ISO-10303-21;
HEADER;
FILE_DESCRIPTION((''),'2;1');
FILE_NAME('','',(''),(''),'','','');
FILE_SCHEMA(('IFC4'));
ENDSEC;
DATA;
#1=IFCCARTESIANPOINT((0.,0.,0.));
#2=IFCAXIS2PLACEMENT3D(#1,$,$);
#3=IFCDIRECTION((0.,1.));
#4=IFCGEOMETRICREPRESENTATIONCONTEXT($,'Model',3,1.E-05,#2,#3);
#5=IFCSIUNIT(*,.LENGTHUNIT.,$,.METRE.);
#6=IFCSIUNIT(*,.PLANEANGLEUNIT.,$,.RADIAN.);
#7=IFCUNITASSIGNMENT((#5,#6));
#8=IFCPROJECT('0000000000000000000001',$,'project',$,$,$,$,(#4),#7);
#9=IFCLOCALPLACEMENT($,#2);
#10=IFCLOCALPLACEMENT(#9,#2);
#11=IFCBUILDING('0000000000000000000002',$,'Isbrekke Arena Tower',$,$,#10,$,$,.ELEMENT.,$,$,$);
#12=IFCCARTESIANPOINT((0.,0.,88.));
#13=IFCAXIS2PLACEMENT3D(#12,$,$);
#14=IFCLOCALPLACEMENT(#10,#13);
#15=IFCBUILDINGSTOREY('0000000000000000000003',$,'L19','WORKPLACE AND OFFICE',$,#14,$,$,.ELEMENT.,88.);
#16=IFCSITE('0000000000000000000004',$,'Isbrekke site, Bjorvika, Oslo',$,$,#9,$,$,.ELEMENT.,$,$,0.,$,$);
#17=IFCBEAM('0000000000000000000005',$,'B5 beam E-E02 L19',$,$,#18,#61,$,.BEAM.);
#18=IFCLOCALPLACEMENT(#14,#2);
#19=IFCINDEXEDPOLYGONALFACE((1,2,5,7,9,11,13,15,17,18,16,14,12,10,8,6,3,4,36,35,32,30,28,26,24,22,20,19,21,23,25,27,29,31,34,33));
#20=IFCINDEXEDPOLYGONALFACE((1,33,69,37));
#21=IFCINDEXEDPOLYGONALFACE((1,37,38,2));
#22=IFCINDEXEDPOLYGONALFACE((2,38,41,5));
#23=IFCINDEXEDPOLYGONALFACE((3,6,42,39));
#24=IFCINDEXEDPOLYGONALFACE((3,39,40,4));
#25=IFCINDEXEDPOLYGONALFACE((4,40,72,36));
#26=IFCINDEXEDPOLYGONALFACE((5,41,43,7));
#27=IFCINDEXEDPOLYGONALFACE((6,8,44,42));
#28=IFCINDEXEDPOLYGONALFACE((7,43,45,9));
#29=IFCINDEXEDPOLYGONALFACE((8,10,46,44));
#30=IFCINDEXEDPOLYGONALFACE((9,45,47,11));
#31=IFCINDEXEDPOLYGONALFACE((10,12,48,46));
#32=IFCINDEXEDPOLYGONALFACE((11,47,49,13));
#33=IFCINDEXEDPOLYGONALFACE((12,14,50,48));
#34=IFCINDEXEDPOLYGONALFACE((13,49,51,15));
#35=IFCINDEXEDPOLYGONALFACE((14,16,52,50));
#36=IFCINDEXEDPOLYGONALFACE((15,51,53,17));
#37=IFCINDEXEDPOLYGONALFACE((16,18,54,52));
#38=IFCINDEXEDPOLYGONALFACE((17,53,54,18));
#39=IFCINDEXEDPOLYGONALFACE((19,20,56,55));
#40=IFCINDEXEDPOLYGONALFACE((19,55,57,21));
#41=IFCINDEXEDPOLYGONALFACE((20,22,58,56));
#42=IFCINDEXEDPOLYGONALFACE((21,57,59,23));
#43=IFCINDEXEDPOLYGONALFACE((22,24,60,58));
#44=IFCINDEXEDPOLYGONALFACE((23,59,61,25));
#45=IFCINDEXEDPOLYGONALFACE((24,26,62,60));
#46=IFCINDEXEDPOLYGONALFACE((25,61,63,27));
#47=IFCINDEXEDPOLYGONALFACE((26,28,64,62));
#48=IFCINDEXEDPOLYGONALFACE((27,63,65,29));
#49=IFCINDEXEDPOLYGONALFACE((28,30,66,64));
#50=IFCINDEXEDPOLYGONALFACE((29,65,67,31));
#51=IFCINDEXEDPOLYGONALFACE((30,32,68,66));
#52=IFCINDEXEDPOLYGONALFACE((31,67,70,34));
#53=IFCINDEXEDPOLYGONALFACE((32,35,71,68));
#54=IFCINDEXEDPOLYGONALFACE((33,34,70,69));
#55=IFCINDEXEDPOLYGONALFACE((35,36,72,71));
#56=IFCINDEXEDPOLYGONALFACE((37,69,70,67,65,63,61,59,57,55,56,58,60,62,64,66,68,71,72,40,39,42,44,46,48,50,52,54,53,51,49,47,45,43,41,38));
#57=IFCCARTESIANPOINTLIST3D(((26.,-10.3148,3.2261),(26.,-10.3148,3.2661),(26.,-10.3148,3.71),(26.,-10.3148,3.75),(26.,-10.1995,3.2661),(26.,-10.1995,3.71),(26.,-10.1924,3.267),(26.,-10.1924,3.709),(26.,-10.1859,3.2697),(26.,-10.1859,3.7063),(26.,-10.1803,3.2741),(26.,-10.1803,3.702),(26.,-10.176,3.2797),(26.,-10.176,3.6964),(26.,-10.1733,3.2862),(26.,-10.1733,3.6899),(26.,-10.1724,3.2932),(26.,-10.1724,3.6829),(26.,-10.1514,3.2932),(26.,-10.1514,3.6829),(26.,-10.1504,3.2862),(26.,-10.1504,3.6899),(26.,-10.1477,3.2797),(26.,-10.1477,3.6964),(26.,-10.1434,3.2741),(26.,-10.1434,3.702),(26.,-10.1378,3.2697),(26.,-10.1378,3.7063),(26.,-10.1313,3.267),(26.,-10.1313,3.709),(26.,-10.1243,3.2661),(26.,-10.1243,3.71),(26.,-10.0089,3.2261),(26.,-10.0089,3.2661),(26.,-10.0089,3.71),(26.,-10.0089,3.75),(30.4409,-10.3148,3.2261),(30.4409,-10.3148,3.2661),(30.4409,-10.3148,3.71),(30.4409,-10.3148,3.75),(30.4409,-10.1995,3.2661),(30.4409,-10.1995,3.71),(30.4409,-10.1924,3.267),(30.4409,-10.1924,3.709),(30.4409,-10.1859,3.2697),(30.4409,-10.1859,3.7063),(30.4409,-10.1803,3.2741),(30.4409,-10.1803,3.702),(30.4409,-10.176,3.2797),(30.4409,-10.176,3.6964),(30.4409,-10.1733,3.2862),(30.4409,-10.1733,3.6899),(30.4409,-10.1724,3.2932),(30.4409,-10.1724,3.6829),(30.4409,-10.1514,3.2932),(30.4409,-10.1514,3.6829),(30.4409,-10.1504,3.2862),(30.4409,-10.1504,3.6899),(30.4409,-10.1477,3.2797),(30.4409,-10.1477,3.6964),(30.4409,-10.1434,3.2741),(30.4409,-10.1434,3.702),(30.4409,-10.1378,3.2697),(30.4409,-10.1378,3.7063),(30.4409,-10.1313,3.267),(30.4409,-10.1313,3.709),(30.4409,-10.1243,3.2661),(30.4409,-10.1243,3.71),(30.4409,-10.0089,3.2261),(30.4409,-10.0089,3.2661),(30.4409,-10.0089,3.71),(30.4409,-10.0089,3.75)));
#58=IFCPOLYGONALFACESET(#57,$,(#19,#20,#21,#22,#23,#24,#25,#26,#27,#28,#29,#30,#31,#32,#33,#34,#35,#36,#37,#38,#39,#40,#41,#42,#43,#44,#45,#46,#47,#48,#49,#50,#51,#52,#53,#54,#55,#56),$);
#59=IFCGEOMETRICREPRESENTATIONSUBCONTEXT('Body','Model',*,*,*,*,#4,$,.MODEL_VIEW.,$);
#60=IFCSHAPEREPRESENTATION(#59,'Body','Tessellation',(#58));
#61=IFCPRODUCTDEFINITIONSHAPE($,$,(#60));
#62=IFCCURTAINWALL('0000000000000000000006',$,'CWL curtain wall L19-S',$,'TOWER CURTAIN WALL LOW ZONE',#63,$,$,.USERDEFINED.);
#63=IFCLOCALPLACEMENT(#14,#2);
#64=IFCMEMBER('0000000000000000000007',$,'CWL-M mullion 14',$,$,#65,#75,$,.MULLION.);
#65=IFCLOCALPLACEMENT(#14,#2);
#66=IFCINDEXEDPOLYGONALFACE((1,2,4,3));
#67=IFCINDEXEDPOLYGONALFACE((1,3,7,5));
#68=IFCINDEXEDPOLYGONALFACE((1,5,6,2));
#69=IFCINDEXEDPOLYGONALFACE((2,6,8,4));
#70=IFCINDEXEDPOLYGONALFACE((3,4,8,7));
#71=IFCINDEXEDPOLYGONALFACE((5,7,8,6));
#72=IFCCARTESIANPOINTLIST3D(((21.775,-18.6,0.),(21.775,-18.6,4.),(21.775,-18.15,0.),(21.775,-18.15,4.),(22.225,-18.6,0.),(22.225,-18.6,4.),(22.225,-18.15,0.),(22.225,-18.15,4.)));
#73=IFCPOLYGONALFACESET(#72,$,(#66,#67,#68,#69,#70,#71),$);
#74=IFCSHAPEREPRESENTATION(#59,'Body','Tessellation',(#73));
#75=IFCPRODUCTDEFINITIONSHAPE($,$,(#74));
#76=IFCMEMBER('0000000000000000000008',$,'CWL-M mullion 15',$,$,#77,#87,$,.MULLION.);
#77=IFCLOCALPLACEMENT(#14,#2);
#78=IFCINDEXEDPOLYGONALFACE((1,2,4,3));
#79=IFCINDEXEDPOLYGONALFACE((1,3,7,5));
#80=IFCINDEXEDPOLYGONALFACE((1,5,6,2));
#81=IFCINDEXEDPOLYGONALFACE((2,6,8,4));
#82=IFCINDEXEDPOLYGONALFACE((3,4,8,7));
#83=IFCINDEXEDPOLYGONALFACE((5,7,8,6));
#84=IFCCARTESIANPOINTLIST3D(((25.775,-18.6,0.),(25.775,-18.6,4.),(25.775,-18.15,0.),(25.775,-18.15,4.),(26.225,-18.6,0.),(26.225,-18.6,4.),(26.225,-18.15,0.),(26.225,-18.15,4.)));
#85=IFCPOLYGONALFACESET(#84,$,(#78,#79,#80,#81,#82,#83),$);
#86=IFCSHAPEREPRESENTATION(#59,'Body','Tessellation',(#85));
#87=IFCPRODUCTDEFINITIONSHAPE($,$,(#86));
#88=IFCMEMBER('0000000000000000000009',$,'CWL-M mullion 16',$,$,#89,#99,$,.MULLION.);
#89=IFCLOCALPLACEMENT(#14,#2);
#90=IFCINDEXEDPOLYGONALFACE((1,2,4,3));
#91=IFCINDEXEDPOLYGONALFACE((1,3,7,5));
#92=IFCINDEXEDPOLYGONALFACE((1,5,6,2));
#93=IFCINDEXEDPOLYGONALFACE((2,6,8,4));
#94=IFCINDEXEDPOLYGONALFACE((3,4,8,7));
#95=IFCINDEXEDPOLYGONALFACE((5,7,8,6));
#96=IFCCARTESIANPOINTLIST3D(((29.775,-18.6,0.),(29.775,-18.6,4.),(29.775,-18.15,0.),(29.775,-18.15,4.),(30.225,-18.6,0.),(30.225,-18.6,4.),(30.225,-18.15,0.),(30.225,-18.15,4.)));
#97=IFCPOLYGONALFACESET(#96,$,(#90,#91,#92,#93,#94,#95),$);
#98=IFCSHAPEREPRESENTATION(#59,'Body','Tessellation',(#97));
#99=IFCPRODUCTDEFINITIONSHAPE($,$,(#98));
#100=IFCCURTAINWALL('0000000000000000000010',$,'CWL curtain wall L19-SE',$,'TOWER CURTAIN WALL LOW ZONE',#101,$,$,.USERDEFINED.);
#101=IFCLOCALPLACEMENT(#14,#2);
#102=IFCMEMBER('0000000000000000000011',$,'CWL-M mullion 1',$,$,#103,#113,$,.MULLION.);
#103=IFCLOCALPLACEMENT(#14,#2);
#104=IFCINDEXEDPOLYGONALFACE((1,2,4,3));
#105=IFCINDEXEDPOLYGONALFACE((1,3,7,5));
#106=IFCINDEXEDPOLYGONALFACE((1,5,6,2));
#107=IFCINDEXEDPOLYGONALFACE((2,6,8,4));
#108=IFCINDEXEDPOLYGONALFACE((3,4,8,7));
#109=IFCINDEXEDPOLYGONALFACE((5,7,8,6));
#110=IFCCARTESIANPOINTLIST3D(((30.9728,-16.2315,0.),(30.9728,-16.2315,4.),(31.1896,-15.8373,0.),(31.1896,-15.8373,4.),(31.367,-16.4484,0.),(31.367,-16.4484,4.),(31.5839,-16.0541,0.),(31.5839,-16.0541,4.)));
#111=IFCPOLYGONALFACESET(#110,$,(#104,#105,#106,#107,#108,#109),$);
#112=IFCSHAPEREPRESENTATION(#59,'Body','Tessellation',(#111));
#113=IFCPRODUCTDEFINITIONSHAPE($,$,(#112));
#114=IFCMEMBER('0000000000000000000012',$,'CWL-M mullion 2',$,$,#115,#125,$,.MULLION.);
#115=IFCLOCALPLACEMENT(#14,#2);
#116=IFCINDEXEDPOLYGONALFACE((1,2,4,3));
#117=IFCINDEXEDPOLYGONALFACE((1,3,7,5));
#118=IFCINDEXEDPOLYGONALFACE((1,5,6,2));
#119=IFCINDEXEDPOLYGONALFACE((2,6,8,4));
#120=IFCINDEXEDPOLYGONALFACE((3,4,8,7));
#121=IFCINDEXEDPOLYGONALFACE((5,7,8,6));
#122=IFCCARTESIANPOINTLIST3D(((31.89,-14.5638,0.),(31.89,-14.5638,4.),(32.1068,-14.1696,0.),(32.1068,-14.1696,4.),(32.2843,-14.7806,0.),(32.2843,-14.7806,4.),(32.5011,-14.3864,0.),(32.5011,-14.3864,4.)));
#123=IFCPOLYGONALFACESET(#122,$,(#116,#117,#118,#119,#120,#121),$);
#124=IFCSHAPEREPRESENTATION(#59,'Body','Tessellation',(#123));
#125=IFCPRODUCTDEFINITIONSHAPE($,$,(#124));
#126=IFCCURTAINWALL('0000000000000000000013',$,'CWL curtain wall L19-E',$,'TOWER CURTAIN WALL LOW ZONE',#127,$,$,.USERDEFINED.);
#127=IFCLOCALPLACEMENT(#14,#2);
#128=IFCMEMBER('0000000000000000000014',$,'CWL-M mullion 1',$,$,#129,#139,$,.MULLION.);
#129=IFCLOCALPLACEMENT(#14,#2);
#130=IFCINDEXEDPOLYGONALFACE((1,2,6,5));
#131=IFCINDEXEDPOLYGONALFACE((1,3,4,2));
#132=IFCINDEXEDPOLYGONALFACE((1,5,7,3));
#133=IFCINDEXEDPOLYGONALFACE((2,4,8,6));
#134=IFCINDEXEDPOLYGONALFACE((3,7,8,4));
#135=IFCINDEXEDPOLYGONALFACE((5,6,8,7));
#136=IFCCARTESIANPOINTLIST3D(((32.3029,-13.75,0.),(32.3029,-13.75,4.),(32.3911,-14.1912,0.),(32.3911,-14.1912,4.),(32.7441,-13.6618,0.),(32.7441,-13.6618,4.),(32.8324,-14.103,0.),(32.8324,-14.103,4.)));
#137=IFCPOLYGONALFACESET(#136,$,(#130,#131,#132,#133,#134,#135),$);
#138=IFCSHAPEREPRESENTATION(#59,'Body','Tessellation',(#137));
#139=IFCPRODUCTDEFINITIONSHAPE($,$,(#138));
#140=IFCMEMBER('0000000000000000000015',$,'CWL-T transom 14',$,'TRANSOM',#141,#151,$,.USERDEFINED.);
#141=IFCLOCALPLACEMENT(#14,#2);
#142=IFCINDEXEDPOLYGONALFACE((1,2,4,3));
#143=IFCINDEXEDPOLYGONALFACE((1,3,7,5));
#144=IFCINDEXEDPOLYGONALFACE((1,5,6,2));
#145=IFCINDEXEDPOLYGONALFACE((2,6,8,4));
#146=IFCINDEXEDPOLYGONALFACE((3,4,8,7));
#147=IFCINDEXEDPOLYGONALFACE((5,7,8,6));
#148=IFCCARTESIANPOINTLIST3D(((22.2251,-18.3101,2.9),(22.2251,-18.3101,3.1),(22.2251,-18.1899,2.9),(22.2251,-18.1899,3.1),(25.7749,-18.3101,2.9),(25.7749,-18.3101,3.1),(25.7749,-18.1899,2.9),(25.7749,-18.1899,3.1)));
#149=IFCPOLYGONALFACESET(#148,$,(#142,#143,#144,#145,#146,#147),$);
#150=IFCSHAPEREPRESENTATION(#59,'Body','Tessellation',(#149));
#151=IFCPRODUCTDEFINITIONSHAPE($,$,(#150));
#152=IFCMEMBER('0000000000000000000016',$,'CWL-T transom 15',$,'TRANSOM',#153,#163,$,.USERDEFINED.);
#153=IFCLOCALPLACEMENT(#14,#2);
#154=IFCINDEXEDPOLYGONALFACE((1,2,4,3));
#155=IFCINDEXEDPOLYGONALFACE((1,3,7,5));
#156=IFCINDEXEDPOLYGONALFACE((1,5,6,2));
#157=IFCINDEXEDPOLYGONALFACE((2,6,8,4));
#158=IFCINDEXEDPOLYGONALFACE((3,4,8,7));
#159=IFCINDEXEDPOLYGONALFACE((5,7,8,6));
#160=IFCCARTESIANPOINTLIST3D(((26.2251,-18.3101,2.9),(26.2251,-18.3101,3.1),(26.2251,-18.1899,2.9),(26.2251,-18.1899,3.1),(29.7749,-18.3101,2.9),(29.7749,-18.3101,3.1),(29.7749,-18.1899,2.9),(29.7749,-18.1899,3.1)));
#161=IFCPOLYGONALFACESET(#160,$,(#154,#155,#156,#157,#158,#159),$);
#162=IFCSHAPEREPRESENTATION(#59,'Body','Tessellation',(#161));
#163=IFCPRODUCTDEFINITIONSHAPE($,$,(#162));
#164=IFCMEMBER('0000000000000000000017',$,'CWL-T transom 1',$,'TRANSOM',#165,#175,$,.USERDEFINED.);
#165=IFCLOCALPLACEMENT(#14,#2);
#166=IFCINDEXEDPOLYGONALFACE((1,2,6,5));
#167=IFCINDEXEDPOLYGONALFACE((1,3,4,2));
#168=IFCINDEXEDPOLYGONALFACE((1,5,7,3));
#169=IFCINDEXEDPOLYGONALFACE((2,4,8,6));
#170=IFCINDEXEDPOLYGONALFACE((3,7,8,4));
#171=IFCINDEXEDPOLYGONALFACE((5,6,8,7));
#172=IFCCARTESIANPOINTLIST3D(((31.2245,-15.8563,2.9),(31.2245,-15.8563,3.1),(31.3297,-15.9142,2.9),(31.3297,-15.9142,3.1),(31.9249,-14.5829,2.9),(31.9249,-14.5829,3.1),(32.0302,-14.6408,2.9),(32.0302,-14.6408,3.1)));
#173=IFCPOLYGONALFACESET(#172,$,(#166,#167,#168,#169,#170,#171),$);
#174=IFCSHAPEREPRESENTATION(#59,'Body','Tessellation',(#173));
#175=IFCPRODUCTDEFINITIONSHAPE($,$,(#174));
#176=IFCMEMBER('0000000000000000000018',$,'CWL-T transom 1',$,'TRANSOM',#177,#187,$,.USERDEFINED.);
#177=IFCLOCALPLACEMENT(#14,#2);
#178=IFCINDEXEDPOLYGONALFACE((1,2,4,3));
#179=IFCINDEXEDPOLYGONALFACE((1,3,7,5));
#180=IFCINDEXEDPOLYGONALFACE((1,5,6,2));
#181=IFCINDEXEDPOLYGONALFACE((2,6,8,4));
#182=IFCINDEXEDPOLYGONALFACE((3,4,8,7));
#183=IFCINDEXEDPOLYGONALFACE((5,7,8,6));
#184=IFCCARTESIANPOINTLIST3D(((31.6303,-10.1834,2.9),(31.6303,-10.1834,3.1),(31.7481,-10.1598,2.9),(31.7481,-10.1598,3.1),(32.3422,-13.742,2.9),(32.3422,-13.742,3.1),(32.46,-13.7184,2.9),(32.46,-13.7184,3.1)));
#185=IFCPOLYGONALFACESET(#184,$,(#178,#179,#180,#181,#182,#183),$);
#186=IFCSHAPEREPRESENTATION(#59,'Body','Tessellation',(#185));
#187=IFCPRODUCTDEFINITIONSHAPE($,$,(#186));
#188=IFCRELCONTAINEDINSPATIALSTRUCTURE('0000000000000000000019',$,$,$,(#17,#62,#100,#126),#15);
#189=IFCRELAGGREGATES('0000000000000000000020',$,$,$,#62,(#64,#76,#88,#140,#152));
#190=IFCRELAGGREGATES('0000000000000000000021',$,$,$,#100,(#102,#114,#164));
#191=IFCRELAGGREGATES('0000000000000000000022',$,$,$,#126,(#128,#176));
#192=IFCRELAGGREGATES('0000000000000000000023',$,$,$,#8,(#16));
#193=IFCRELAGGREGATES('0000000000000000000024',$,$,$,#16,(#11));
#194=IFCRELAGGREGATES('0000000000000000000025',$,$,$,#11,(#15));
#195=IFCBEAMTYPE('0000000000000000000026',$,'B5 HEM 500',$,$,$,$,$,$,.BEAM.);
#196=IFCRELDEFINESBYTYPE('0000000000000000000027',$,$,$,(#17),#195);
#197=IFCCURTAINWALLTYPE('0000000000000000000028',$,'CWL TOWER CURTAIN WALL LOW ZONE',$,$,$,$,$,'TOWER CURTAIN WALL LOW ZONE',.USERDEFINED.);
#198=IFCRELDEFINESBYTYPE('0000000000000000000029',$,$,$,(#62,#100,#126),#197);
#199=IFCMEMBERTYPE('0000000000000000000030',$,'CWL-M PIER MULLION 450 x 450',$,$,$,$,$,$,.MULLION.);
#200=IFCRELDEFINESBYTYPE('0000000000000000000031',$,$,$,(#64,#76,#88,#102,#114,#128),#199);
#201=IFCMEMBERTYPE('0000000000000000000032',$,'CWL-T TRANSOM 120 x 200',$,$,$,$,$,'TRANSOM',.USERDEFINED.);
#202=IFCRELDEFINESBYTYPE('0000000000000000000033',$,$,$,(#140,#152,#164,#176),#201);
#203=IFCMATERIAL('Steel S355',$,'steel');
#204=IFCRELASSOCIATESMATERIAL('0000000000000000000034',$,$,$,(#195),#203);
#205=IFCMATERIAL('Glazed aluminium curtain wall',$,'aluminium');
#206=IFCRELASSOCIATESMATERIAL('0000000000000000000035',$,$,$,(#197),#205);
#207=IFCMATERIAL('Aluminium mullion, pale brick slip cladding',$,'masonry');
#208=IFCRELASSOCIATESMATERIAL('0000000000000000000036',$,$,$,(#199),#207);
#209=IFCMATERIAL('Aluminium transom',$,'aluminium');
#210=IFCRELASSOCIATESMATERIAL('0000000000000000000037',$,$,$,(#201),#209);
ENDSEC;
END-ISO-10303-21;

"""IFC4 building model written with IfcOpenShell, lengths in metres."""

from ifc_helpers import new_model, si_unit, direction, frame, origin, origin_2d, place, context, subcontext, project, spatial, rectangle, i_section, extrude, material, material_profile, profile_set, type_object, element, aggregate, save


model = new_model("IFC4")

# Units and contexts
model_context = context("Model", 3, precision=1e-05, world=origin(), true_north=direction((0.0, 1.0)))
body_context = subcontext(model_context, "Body", "Model", "MODEL_VIEW")
ifc_project = project(units=[si_unit("LENGTHUNIT", "METRE"), si_unit("PLANEANGLEUNIT", "RADIAN")], contexts=[model_context])

# Site, building, storey
site_placement = place(None, origin())
site = spatial("IfcSite", under=ifc_project, at=site_placement, Name="Isbrekke site, Bjorvika, Oslo", CompositionType="ELEMENT", RefElevation=0.0)
building_placement = place(site_placement, origin())
building = spatial("IfcBuilding", under=site, at=building_placement, Name="Isbrekke Arena Tower", CompositionType="ELEMENT")
storey_placement = place(building_placement, frame((0.0, 0.0, 88.0)))
storey = spatial("IfcBuildingStorey", under=building, at=storey_placement, Name="L19", Description="WORKPLACE AND OFFICE", CompositionType="ELEMENT", Elevation=88.0)

# Beam
ifc_material_1 = material(Name="Steel S355", Category="steel")
ifc_material_profile_1 = material_profile(ifc_material_1, i_section(OverallWidth=0.3059, OverallDepth=0.5239, WebThickness=0.021, FlangeThickness=0.04, FilletRadius=0.0271, at=origin_2d()), Name="HEM 500")
ifc_profile_set_1 = profile_set([ifc_material_profile_1], Name="Steel S355")
beam_type_1 = type_object("IfcBeamType", Name="B5 HEM 500", PredefinedType="BEAM", material=ifc_profile_set_1)
beam_1_placement = place(storey_placement, frame((30.4409, -10.1619, 3.488), z_axis=(-1.0, 0.0, 0.0), x_axis=(0.0, -1.0, 0.0)))
element("IfcBeam", 1, at=beam_1_placement, inside=storey, type_object=beam_type_1, Name="B5 beam E-E02 L19", PredefinedType="BEAM", context=body_context, shape_type="SweptSolid", body=[
    extrude(i_section(OverallWidth=0.3059, OverallDepth=0.5239, WebThickness=0.021, FlangeThickness=0.04, FilletRadius=0.0271, at=origin_2d()), origin(), (0.0, 0.0, 1.0), 4.4409),
])

# Curtain walls, members
ifc_material_2 = material(Name="Glazed aluminium curtain wall", Category="aluminium")
curtain_wall_type = type_object("IfcCurtainWallType", Name="CWL TOWER CURTAIN WALL LOW ZONE", ElementType="TOWER CURTAIN WALL LOW ZONE", PredefinedType="USERDEFINED", material=ifc_material_2)
curtain_wall_1_placement = place(storey_placement, origin())
curtain_wall_1 = element("IfcCurtainWall", 2, at=curtain_wall_1_placement, inside=storey, type_object=curtain_wall_type, Name="CWL curtain wall L19-S", ObjectType="TOWER CURTAIN WALL LOW ZONE", PredefinedType="USERDEFINED")
ifc_material_3 = material(Name="Aluminium mullion, pale brick slip cladding", Category="masonry")
ifc_material_profile_2 = material_profile(ifc_material_3, rectangle(XDim=0.45, YDim=0.45, at=origin_2d()), Name="PIER 450X450")
ifc_profile_set_2 = profile_set([ifc_material_profile_2], Name="Aluminium mullion, pale brick slip cladding")
member_type_1 = type_object("IfcMemberType", Name="CWL-M PIER MULLION 450 x 450", PredefinedType="MULLION", material=ifc_profile_set_2)
member_1_placement = place(storey_placement, frame((22.0, -18.375, 0.0), z_axis=(0.0, 0.0, 1.0), x_axis=(1.0, 0.0, 0.0)))
member_1 = element("IfcMember", 3, at=member_1_placement, type_object=member_type_1, Name="CWL-M mullion 14", PredefinedType="MULLION", context=body_context, shape_type="SweptSolid", body=[
    extrude(rectangle(XDim=0.45, YDim=0.45, at=origin_2d()), origin(), (0.0, 0.0, 1.0), 4.0),
])
member_2_placement = place(storey_placement, frame((26.0, -18.375, 0.0), z_axis=(0.0, 0.0, 1.0), x_axis=(1.0, 0.0, 0.0)))
member_2 = element("IfcMember", 4, at=member_2_placement, type_object=member_type_1, Name="CWL-M mullion 15", PredefinedType="MULLION", context=body_context, shape_type="SweptSolid", body=[
    extrude(rectangle(XDim=0.45, YDim=0.45, at=origin_2d()), origin(), (0.0, 0.0, 1.0), 4.0),
])
member_3_placement = place(storey_placement, frame((30.0, -18.375, 0.0), z_axis=(0.0, 0.0, 1.0), x_axis=(1.0, 0.0, 0.0)))
member_3 = element("IfcMember", 5, at=member_3_placement, type_object=member_type_1, Name="CWL-M mullion 16", PredefinedType="MULLION", context=body_context, shape_type="SweptSolid", body=[
    extrude(rectangle(XDim=0.45, YDim=0.45, at=origin_2d()), origin(), (0.0, 0.0, 1.0), 4.0),
])
curtain_wall_2_placement = place(storey_placement, origin())
curtain_wall_2 = element("IfcCurtainWall", 6, at=curtain_wall_2_placement, inside=storey, type_object=curtain_wall_type, Name="CWL curtain wall L19-SE", ObjectType="TOWER CURTAIN WALL LOW ZONE", PredefinedType="USERDEFINED")
member_4_placement = place(storey_placement, frame((31.2783, -16.1428, 0.0), z_axis=(0.0, 0.0, 1.0), x_axis=(0.481919, 0.876216, 0.0)))
member_4 = element("IfcMember", 7, at=member_4_placement, type_object=member_type_1, Name="CWL-M mullion 1", PredefinedType="MULLION", context=body_context, shape_type="SweptSolid", body=[
    extrude(rectangle(XDim=0.45, YDim=0.45, at=origin_2d()), origin(), (0.0, 0.0, 1.0), 4.0),
])
member_5_placement = place(storey_placement, frame((32.1956, -14.4751, 0.0), z_axis=(0.0, 0.0, 1.0), x_axis=(0.481919, 0.876216, 0.0)))
member_5 = element("IfcMember", 8, at=member_5_placement, type_object=member_type_1, Name="CWL-M mullion 2", PredefinedType="MULLION", context=body_context, shape_type="SweptSolid", body=[
    extrude(rectangle(XDim=0.45, YDim=0.45, at=origin_2d()), origin(), (0.0, 0.0, 1.0), 4.0),
])

# Curtain wall, member
curtain_wall_3_placement = place(storey_placement, origin())
curtain_wall_3 = element("IfcCurtainWall", 9, at=curtain_wall_3_placement, inside=storey, type_object=curtain_wall_type, Name="CWL curtain wall L19-E", ObjectType="TOWER CURTAIN WALL LOW ZONE", PredefinedType="USERDEFINED")
member_6_placement = place(storey_placement, frame((32.5676, -13.9265, 0.0), z_axis=(0.0, 0.0, 1.0), x_axis=(-0.196116, 0.980581, 0.0)))
member_6 = element("IfcMember", 10, at=member_6_placement, type_object=member_type_1, Name="CWL-M mullion 1", PredefinedType="MULLION", context=body_context, shape_type="SweptSolid", body=[
    extrude(rectangle(XDim=0.45, YDim=0.45, at=origin_2d()), origin(), (0.0, 0.0, 1.0), 4.0),
])

# Members
ifc_material_4 = material(Name="Aluminium transom", Category="aluminium")
ifc_material_profile_3 = material_profile(ifc_material_4, rectangle(XDim=0.1201, YDim=0.2, at=origin_2d()), Name="TRANSOM 120X200")
ifc_profile_set_3 = profile_set([ifc_material_profile_3], Name="Aluminium transom")
member_type_2 = type_object("IfcMemberType", Name="CWL-T TRANSOM 120 x 200", ElementType="TRANSOM", PredefinedType="USERDEFINED", material=ifc_profile_set_3)
member_7_placement = place(storey_placement, frame((22.2251, -18.25, 3.0), z_axis=(1.0, 0.0, 0.0), x_axis=(0.0, 1.0, 0.0)))
member_7 = element("IfcMember", 11, at=member_7_placement, type_object=member_type_2, Name="CWL-T transom 14", ObjectType="TRANSOM", PredefinedType="USERDEFINED", context=body_context, shape_type="SweptSolid", body=[
    extrude(rectangle(XDim=0.1201, YDim=0.2, at=origin_2d()), origin(), (0.0, 0.0, 1.0), 3.5498),
])
member_8_placement = place(storey_placement, frame((26.2251, -18.25, 3.0), z_axis=(1.0, 0.0, 0.0), x_axis=(0.0, 1.0, 0.0)))
member_8 = element("IfcMember", 12, at=member_8_placement, type_object=member_type_2, Name="CWL-T transom 15", ObjectType="TRANSOM", PredefinedType="USERDEFINED", context=body_context, shape_type="SweptSolid", body=[
    extrude(rectangle(XDim=0.1201, YDim=0.2, at=origin_2d()), origin(), (0.0, 0.0, 1.0), 3.5498),
])
member_9_placement = place(storey_placement, frame((31.2771, -15.8853, 3.0), z_axis=(0.481945, 0.876202, 0.0), x_axis=(-0.876202, 0.481945, 0.0)))
member_9 = element("IfcMember", 13, at=member_9_placement, type_object=member_type_2, Name="CWL-T transom 1", ObjectType="TRANSOM", PredefinedType="USERDEFINED", context=body_context, shape_type="SweptSolid", body=[
    extrude(rectangle(XDim=0.1201, YDim=0.2, at=origin_2d()), origin(), (0.0, 0.0, 1.0), 1.4534),
])
member_10_placement = place(storey_placement, frame((32.4011, -13.7302, 3.0), z_axis=(-0.196168, 0.98057, 0.0), x_axis=(-0.98057, -0.196168, 0.0)))
member_10 = element("IfcMember", 14, at=member_10_placement, type_object=member_type_2, Name="CWL-T transom 1", ObjectType="TRANSOM", PredefinedType="USERDEFINED", context=body_context, shape_type="SweptSolid", body=[
    extrude(rectangle(XDim=0.1201, YDim=0.2, at=origin_2d()), origin(), (0.0, 0.0, 1.0), 3.6292),
])

aggregate(curtain_wall_1, [member_1, member_2, member_3, member_7, member_8])
aggregate(curtain_wall_2, [member_4, member_5, member_9])
aggregate(curtain_wall_3, [member_6, member_10])

save(model, "model.ifc")
